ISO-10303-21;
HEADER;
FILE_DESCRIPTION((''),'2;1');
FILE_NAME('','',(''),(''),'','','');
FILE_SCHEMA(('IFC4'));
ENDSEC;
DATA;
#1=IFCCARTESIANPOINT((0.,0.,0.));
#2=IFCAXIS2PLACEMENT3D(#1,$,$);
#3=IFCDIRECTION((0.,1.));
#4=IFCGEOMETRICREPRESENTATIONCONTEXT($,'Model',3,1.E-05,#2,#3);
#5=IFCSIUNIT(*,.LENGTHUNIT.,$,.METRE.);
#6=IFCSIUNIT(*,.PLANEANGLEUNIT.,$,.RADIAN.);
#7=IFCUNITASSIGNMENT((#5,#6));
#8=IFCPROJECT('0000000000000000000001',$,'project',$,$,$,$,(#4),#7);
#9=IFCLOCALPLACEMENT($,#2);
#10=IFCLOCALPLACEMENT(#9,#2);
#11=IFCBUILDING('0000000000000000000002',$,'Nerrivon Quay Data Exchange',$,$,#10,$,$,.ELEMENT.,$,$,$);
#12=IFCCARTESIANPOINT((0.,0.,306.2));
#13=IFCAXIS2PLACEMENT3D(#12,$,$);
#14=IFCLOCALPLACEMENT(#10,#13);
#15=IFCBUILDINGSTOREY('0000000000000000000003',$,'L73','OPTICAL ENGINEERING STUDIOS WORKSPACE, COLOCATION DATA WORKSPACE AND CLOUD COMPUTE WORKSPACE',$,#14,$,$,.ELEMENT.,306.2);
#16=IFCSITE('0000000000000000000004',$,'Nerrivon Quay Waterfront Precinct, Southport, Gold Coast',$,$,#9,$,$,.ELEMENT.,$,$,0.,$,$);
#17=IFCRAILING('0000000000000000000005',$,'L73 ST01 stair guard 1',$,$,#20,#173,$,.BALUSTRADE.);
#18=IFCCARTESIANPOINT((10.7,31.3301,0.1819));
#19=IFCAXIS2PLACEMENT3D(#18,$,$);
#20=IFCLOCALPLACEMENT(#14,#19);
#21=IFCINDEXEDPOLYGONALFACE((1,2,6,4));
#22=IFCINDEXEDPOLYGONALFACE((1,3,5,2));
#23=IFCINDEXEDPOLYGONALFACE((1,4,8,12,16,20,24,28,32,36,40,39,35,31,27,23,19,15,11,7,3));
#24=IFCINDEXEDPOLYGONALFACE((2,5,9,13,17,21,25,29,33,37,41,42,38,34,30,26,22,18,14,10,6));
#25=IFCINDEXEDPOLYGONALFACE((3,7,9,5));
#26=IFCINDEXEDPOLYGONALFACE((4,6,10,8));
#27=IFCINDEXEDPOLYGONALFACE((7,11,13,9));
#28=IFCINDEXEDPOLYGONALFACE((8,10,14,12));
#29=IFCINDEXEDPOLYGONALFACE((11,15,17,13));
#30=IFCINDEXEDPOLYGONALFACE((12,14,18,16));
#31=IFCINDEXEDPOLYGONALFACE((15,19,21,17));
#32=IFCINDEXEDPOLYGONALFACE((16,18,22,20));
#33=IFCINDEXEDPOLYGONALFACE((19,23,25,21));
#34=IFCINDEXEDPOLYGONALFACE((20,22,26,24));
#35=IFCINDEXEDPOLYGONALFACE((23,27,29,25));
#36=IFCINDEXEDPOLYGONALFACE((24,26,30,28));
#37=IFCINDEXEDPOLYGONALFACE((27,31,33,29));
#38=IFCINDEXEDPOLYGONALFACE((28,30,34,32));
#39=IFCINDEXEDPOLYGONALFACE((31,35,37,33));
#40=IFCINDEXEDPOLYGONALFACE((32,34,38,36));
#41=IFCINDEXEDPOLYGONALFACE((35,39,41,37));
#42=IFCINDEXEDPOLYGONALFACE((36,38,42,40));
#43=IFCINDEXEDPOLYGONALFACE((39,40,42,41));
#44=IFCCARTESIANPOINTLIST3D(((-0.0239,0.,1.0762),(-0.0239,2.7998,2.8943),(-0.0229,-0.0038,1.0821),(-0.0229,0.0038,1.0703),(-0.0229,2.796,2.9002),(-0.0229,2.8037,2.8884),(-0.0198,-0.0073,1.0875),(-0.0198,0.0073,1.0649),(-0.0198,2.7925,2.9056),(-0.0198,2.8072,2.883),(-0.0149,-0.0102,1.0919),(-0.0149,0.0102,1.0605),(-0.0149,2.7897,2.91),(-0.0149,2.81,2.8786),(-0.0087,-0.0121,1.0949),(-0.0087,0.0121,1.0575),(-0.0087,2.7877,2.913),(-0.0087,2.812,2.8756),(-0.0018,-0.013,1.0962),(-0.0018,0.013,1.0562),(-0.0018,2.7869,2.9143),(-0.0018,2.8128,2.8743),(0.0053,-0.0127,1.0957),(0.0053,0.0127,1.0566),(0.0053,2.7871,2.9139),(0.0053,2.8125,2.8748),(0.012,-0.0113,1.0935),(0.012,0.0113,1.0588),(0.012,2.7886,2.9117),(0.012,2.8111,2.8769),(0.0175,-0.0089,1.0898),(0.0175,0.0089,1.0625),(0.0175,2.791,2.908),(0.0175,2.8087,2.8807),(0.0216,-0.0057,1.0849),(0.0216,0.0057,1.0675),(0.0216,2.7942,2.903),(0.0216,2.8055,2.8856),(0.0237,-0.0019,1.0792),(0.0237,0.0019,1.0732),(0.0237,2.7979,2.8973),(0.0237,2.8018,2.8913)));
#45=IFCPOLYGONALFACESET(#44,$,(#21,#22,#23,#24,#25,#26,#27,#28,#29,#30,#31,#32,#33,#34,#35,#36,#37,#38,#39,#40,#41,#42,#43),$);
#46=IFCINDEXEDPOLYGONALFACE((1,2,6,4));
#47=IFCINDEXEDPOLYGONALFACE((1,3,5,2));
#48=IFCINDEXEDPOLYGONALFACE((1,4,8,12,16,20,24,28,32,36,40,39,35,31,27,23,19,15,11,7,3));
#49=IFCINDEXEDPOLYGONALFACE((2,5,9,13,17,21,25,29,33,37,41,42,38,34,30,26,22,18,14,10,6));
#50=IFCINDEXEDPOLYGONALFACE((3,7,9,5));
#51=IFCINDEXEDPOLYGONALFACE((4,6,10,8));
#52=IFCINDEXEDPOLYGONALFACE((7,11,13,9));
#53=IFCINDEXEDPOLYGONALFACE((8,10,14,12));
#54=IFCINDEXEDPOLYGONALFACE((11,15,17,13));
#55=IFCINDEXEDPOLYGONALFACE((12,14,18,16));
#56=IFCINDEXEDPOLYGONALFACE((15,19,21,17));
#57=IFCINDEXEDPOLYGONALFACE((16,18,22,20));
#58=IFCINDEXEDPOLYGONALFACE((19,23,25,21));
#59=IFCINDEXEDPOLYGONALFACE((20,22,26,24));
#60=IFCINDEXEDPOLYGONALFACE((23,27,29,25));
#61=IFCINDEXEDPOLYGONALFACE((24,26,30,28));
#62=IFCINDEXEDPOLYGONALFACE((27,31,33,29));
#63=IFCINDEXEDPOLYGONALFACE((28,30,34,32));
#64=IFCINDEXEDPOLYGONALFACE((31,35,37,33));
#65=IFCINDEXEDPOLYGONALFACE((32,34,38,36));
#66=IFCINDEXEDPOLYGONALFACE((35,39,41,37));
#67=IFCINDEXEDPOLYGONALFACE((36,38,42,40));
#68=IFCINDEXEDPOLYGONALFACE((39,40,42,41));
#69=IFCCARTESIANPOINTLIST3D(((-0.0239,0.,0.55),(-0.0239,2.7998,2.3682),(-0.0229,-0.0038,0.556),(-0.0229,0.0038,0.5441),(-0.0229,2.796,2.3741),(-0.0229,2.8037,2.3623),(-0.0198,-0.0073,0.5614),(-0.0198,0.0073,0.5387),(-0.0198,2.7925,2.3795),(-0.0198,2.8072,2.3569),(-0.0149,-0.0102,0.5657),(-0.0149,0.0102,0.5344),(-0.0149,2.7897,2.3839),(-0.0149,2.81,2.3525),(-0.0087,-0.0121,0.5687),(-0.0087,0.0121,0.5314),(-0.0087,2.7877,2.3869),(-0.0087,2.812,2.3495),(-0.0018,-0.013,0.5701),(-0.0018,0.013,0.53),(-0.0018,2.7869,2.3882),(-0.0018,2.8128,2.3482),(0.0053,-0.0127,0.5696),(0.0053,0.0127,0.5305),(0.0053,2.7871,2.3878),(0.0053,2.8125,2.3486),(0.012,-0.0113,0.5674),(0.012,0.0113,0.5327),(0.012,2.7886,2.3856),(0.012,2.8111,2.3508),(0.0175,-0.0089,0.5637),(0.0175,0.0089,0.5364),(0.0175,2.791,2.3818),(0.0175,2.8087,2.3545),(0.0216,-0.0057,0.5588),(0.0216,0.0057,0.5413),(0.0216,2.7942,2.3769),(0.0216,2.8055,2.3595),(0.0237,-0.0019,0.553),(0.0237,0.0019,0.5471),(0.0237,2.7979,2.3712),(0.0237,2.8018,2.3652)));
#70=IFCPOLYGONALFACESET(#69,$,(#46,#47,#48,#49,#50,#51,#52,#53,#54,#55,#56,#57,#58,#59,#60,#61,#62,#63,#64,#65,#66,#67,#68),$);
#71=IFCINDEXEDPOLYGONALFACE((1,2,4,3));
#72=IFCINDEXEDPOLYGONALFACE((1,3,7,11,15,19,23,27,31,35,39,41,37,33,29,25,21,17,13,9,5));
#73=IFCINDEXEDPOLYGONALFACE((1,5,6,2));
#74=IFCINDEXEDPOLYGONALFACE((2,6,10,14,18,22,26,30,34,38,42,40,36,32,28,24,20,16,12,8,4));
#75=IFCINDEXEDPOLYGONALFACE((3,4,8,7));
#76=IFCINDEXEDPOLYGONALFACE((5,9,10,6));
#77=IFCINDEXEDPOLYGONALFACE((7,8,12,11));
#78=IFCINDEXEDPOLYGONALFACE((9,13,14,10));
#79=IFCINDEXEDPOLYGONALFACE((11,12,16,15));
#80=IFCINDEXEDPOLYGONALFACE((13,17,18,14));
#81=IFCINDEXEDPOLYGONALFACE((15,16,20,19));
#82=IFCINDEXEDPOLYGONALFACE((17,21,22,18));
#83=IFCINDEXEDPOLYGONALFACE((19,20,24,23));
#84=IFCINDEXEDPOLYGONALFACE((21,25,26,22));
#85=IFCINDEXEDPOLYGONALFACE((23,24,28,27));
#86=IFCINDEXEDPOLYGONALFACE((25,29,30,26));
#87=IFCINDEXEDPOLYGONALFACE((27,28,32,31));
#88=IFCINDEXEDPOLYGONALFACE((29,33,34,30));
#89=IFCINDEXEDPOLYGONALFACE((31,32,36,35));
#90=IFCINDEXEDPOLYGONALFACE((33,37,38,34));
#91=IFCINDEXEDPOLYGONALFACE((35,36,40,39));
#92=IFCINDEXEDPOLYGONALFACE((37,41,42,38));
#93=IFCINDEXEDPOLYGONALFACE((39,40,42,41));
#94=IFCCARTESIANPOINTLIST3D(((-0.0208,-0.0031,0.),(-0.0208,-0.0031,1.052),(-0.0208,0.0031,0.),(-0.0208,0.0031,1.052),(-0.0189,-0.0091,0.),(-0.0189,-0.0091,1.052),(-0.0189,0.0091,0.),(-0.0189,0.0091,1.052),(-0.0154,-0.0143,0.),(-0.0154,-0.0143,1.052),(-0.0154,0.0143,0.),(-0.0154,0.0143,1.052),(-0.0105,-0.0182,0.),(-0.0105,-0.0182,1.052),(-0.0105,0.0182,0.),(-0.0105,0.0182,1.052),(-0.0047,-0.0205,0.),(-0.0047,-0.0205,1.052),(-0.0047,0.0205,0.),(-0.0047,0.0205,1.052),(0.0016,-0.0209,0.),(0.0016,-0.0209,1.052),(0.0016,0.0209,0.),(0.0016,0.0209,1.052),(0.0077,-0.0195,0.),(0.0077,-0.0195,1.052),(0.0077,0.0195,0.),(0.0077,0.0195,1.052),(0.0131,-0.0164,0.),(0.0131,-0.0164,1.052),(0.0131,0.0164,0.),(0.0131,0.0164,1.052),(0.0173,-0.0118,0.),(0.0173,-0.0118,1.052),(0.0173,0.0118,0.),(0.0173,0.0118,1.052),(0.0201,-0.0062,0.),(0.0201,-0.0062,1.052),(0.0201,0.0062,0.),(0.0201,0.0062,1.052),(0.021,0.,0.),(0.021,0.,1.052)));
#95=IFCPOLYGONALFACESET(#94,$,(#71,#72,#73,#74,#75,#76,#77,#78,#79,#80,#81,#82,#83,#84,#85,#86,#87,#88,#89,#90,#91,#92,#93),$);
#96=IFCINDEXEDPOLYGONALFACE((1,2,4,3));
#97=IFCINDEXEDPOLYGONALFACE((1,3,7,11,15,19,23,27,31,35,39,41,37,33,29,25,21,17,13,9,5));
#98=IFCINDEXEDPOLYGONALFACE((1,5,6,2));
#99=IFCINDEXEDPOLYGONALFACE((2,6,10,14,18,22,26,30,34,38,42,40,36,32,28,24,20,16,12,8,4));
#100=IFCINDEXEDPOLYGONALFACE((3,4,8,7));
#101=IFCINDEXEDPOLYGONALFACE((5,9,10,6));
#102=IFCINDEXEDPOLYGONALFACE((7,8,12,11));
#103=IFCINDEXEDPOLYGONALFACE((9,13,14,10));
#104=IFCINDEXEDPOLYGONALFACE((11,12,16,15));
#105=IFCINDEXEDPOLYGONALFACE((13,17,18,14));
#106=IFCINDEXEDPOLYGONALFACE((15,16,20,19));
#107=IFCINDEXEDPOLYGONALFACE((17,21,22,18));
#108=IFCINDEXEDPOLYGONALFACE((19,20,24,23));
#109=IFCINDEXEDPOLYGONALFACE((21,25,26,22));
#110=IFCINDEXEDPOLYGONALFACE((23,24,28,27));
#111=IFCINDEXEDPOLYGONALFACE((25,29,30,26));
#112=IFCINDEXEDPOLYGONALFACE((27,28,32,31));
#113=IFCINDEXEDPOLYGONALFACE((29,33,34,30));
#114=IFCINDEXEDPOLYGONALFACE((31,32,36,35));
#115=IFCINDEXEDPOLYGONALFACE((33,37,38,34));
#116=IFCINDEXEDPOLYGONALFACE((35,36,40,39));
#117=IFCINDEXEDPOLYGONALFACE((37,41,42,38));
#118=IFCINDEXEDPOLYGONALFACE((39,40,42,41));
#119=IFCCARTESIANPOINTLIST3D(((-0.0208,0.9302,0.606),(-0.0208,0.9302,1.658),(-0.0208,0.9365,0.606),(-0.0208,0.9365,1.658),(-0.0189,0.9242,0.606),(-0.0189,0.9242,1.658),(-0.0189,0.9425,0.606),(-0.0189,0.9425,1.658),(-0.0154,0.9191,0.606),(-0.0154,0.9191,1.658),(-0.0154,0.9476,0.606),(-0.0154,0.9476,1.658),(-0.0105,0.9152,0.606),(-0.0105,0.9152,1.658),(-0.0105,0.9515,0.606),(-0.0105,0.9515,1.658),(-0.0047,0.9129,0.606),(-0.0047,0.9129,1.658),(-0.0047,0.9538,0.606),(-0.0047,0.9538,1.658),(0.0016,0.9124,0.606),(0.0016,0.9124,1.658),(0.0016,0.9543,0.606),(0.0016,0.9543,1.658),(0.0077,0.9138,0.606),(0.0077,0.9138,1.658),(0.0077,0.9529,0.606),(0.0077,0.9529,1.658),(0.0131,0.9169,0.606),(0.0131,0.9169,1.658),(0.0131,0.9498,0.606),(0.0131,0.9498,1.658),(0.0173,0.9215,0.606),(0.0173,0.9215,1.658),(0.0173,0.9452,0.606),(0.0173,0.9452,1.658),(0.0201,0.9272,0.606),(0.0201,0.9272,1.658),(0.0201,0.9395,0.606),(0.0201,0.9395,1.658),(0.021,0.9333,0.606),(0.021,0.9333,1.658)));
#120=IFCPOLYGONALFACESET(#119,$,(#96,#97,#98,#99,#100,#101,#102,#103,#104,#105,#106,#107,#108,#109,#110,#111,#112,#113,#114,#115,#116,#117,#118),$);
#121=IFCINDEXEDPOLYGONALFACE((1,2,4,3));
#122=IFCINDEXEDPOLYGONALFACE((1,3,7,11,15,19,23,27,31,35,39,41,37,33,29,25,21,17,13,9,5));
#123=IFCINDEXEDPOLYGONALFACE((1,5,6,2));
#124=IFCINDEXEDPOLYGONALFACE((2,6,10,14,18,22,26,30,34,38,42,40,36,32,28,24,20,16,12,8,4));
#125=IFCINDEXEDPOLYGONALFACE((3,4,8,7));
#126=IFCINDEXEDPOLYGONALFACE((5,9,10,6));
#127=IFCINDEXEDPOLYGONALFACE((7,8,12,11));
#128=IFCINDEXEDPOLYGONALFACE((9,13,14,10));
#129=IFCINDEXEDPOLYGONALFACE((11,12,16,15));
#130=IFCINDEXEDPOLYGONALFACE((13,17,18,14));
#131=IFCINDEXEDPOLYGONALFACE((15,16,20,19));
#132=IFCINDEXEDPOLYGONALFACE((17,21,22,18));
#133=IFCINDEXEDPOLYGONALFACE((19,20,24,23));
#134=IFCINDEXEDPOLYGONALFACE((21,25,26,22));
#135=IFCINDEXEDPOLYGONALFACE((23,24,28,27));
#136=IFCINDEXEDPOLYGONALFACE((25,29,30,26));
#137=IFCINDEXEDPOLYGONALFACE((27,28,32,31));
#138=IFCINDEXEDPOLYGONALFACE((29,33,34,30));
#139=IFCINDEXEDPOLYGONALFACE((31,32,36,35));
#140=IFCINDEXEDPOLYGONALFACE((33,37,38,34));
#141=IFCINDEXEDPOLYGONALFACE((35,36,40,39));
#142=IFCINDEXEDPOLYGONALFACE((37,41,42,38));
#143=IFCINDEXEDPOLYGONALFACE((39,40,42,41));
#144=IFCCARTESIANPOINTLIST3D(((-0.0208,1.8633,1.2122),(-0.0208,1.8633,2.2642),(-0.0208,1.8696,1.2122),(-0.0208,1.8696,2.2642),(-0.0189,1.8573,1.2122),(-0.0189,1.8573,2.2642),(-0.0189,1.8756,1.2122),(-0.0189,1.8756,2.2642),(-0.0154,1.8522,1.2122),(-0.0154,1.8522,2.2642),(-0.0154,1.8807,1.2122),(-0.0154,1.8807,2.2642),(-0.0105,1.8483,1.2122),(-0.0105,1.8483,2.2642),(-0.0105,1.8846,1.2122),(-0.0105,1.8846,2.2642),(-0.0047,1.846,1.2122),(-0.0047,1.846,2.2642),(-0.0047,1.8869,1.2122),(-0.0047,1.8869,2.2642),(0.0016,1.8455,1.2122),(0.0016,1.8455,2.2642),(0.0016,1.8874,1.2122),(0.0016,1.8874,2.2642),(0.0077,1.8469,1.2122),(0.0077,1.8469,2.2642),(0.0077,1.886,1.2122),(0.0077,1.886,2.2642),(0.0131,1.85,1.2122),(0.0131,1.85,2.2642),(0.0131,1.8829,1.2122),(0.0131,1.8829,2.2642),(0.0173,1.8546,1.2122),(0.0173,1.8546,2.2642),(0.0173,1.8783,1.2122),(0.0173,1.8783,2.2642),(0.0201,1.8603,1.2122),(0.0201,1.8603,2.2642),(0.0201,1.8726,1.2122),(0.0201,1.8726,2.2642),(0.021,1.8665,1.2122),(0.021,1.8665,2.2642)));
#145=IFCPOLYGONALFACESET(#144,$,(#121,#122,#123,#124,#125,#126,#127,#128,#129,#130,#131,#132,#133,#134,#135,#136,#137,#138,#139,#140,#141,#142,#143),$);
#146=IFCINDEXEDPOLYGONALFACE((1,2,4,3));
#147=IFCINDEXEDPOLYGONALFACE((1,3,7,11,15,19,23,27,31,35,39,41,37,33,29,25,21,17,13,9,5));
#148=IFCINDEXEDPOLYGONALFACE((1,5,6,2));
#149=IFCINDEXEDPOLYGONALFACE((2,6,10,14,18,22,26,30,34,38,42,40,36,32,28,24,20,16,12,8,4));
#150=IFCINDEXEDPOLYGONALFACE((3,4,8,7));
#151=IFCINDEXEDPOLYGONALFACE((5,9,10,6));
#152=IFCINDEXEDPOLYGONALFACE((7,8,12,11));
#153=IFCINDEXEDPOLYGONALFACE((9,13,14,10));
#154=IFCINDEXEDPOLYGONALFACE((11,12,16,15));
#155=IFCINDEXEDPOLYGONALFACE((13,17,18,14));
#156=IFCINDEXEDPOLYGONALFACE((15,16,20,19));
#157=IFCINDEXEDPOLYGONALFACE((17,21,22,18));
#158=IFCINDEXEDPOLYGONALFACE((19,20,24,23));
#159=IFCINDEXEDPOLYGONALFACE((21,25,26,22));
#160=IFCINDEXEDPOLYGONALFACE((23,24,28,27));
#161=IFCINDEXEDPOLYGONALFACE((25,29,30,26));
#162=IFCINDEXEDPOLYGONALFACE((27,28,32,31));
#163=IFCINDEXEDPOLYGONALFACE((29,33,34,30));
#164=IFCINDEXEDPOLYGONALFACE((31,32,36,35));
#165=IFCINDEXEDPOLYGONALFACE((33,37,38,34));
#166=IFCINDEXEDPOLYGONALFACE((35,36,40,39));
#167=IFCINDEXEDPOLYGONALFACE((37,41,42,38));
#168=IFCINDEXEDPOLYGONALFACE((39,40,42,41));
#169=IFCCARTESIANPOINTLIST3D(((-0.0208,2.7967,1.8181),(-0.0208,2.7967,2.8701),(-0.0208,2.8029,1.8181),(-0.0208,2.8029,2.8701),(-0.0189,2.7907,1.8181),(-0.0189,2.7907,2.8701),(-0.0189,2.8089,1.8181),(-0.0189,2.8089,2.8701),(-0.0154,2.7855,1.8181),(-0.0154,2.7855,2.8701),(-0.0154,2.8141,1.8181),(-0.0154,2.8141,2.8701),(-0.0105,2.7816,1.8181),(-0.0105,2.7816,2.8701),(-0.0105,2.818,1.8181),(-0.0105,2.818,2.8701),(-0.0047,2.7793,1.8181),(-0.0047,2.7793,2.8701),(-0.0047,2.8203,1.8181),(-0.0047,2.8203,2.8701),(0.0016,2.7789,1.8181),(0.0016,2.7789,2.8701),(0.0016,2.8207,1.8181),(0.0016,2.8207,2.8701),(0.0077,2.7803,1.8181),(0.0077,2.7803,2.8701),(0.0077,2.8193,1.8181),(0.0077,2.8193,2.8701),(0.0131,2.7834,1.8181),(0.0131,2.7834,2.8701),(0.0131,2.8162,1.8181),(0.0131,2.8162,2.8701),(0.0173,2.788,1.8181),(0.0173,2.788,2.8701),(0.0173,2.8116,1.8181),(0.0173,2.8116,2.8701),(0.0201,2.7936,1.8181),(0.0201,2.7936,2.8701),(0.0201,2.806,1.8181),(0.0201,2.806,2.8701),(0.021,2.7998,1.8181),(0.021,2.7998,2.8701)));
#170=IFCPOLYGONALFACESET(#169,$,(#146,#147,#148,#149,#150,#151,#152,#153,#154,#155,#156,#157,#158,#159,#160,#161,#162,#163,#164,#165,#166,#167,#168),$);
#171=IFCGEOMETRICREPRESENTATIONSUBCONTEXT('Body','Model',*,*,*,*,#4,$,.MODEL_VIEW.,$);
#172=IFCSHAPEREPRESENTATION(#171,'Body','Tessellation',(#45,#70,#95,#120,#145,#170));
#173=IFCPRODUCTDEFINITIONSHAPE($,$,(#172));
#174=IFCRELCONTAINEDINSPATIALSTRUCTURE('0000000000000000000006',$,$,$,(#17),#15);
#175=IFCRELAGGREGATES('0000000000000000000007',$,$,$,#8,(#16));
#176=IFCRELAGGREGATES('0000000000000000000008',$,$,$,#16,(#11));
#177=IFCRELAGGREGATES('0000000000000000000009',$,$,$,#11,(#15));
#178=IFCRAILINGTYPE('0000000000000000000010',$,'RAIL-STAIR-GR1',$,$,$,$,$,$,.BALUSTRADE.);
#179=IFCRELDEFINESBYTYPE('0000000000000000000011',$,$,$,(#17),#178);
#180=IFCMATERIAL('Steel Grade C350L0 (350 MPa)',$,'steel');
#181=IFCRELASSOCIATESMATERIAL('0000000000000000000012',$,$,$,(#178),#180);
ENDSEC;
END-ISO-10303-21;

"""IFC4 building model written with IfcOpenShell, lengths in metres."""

from ifc_helpers import new_model, si_unit, direction, frame, origin, origin_2d, place, context, subcontext, project, spatial, circle, extrude, material, type_object, element, save


model = new_model("IFC4")

# Units and contexts
model_context = context("Model", 3, precision=1e-05, world=origin(), true_north=direction((0.0, 1.0)))
body_context = subcontext(model_context, "Body", "Model", "MODEL_VIEW")
ifc_project = project(units=[si_unit("LENGTHUNIT", "METRE"), si_unit("PLANEANGLEUNIT", "RADIAN")], contexts=[model_context])

# Site, building, storey
site_placement = place(None, origin())
site = spatial("IfcSite", under=ifc_project, at=site_placement, Name="Nerrivon Quay Waterfront Precinct, Southport, Gold Coast", CompositionType="ELEMENT", RefElevation=0.0)
building_placement = place(site_placement, origin())
building = spatial("IfcBuilding", under=site, at=building_placement, Name="Nerrivon Quay Data Exchange", CompositionType="ELEMENT")
storey_placement = place(building_placement, frame((0.0, 0.0, 306.2)))
storey = spatial("IfcBuildingStorey", under=building, at=storey_placement, Name="L73", Description="OPTICAL ENGINEERING STUDIOS WORKSPACE, COLOCATION DATA WORKSPACE AND CLOUD COMPUTE WORKSPACE", CompositionType="ELEMENT", Elevation=306.2)

# Railing
ifc_material_1 = material(Name="Steel Grade C350L0 (350 MPa)", Category="steel")
railing_type_1 = type_object("IfcRailingType", Name="RAIL-STAIR-GR1", PredefinedType="BALUSTRADE", material=ifc_material_1)
railing_1_placement = place(storey_placement, frame((10.7, 31.3301, 0.1819)))
element("IfcRailing", 1, at=railing_1_placement, inside=storey, type_object=railing_type_1, Name="L73 ST01 stair guard 1", PredefinedType="BALUSTRADE", context=body_context, shape_type="SweptSolid", body=[
    extrude(circle(Radius=0.0239, at=origin_2d()), frame((0.0, 0.0, 1.0762), z_axis=(0.0, 0.838684, 0.544618), x_axis=(-1.0, 0.0, 0.0)), (0.0, 0.0, 1.0), 3.3384),
    extrude(circle(Radius=0.0239, at=origin_2d()), frame((0.0, 0.0, 0.55), z_axis=(0.0, 0.838684, 0.544618), x_axis=(-1.0, 0.0, 0.0)), (0.0, 0.0, 1.0), 3.3384),
    extrude(circle(Radius=0.021, at=origin_2d()), origin(), (0.0, 0.0, 1.0), 1.052),
    extrude(circle(Radius=0.021, at=origin_2d()), frame((0.0, 0.9333, 0.606)), (0.0, 0.0, 1.0), 1.052),
    extrude(circle(Radius=0.021, at=origin_2d()), frame((0.0, 1.8665, 1.2122)), (0.0, 0.0, 1.0), 1.052),
    extrude(circle(Radius=0.021, at=origin_2d()), frame((0.0, 2.7998, 1.8181)), (0.0, 0.0, 1.0), 1.052),
])

save(model, "model.ifc")
